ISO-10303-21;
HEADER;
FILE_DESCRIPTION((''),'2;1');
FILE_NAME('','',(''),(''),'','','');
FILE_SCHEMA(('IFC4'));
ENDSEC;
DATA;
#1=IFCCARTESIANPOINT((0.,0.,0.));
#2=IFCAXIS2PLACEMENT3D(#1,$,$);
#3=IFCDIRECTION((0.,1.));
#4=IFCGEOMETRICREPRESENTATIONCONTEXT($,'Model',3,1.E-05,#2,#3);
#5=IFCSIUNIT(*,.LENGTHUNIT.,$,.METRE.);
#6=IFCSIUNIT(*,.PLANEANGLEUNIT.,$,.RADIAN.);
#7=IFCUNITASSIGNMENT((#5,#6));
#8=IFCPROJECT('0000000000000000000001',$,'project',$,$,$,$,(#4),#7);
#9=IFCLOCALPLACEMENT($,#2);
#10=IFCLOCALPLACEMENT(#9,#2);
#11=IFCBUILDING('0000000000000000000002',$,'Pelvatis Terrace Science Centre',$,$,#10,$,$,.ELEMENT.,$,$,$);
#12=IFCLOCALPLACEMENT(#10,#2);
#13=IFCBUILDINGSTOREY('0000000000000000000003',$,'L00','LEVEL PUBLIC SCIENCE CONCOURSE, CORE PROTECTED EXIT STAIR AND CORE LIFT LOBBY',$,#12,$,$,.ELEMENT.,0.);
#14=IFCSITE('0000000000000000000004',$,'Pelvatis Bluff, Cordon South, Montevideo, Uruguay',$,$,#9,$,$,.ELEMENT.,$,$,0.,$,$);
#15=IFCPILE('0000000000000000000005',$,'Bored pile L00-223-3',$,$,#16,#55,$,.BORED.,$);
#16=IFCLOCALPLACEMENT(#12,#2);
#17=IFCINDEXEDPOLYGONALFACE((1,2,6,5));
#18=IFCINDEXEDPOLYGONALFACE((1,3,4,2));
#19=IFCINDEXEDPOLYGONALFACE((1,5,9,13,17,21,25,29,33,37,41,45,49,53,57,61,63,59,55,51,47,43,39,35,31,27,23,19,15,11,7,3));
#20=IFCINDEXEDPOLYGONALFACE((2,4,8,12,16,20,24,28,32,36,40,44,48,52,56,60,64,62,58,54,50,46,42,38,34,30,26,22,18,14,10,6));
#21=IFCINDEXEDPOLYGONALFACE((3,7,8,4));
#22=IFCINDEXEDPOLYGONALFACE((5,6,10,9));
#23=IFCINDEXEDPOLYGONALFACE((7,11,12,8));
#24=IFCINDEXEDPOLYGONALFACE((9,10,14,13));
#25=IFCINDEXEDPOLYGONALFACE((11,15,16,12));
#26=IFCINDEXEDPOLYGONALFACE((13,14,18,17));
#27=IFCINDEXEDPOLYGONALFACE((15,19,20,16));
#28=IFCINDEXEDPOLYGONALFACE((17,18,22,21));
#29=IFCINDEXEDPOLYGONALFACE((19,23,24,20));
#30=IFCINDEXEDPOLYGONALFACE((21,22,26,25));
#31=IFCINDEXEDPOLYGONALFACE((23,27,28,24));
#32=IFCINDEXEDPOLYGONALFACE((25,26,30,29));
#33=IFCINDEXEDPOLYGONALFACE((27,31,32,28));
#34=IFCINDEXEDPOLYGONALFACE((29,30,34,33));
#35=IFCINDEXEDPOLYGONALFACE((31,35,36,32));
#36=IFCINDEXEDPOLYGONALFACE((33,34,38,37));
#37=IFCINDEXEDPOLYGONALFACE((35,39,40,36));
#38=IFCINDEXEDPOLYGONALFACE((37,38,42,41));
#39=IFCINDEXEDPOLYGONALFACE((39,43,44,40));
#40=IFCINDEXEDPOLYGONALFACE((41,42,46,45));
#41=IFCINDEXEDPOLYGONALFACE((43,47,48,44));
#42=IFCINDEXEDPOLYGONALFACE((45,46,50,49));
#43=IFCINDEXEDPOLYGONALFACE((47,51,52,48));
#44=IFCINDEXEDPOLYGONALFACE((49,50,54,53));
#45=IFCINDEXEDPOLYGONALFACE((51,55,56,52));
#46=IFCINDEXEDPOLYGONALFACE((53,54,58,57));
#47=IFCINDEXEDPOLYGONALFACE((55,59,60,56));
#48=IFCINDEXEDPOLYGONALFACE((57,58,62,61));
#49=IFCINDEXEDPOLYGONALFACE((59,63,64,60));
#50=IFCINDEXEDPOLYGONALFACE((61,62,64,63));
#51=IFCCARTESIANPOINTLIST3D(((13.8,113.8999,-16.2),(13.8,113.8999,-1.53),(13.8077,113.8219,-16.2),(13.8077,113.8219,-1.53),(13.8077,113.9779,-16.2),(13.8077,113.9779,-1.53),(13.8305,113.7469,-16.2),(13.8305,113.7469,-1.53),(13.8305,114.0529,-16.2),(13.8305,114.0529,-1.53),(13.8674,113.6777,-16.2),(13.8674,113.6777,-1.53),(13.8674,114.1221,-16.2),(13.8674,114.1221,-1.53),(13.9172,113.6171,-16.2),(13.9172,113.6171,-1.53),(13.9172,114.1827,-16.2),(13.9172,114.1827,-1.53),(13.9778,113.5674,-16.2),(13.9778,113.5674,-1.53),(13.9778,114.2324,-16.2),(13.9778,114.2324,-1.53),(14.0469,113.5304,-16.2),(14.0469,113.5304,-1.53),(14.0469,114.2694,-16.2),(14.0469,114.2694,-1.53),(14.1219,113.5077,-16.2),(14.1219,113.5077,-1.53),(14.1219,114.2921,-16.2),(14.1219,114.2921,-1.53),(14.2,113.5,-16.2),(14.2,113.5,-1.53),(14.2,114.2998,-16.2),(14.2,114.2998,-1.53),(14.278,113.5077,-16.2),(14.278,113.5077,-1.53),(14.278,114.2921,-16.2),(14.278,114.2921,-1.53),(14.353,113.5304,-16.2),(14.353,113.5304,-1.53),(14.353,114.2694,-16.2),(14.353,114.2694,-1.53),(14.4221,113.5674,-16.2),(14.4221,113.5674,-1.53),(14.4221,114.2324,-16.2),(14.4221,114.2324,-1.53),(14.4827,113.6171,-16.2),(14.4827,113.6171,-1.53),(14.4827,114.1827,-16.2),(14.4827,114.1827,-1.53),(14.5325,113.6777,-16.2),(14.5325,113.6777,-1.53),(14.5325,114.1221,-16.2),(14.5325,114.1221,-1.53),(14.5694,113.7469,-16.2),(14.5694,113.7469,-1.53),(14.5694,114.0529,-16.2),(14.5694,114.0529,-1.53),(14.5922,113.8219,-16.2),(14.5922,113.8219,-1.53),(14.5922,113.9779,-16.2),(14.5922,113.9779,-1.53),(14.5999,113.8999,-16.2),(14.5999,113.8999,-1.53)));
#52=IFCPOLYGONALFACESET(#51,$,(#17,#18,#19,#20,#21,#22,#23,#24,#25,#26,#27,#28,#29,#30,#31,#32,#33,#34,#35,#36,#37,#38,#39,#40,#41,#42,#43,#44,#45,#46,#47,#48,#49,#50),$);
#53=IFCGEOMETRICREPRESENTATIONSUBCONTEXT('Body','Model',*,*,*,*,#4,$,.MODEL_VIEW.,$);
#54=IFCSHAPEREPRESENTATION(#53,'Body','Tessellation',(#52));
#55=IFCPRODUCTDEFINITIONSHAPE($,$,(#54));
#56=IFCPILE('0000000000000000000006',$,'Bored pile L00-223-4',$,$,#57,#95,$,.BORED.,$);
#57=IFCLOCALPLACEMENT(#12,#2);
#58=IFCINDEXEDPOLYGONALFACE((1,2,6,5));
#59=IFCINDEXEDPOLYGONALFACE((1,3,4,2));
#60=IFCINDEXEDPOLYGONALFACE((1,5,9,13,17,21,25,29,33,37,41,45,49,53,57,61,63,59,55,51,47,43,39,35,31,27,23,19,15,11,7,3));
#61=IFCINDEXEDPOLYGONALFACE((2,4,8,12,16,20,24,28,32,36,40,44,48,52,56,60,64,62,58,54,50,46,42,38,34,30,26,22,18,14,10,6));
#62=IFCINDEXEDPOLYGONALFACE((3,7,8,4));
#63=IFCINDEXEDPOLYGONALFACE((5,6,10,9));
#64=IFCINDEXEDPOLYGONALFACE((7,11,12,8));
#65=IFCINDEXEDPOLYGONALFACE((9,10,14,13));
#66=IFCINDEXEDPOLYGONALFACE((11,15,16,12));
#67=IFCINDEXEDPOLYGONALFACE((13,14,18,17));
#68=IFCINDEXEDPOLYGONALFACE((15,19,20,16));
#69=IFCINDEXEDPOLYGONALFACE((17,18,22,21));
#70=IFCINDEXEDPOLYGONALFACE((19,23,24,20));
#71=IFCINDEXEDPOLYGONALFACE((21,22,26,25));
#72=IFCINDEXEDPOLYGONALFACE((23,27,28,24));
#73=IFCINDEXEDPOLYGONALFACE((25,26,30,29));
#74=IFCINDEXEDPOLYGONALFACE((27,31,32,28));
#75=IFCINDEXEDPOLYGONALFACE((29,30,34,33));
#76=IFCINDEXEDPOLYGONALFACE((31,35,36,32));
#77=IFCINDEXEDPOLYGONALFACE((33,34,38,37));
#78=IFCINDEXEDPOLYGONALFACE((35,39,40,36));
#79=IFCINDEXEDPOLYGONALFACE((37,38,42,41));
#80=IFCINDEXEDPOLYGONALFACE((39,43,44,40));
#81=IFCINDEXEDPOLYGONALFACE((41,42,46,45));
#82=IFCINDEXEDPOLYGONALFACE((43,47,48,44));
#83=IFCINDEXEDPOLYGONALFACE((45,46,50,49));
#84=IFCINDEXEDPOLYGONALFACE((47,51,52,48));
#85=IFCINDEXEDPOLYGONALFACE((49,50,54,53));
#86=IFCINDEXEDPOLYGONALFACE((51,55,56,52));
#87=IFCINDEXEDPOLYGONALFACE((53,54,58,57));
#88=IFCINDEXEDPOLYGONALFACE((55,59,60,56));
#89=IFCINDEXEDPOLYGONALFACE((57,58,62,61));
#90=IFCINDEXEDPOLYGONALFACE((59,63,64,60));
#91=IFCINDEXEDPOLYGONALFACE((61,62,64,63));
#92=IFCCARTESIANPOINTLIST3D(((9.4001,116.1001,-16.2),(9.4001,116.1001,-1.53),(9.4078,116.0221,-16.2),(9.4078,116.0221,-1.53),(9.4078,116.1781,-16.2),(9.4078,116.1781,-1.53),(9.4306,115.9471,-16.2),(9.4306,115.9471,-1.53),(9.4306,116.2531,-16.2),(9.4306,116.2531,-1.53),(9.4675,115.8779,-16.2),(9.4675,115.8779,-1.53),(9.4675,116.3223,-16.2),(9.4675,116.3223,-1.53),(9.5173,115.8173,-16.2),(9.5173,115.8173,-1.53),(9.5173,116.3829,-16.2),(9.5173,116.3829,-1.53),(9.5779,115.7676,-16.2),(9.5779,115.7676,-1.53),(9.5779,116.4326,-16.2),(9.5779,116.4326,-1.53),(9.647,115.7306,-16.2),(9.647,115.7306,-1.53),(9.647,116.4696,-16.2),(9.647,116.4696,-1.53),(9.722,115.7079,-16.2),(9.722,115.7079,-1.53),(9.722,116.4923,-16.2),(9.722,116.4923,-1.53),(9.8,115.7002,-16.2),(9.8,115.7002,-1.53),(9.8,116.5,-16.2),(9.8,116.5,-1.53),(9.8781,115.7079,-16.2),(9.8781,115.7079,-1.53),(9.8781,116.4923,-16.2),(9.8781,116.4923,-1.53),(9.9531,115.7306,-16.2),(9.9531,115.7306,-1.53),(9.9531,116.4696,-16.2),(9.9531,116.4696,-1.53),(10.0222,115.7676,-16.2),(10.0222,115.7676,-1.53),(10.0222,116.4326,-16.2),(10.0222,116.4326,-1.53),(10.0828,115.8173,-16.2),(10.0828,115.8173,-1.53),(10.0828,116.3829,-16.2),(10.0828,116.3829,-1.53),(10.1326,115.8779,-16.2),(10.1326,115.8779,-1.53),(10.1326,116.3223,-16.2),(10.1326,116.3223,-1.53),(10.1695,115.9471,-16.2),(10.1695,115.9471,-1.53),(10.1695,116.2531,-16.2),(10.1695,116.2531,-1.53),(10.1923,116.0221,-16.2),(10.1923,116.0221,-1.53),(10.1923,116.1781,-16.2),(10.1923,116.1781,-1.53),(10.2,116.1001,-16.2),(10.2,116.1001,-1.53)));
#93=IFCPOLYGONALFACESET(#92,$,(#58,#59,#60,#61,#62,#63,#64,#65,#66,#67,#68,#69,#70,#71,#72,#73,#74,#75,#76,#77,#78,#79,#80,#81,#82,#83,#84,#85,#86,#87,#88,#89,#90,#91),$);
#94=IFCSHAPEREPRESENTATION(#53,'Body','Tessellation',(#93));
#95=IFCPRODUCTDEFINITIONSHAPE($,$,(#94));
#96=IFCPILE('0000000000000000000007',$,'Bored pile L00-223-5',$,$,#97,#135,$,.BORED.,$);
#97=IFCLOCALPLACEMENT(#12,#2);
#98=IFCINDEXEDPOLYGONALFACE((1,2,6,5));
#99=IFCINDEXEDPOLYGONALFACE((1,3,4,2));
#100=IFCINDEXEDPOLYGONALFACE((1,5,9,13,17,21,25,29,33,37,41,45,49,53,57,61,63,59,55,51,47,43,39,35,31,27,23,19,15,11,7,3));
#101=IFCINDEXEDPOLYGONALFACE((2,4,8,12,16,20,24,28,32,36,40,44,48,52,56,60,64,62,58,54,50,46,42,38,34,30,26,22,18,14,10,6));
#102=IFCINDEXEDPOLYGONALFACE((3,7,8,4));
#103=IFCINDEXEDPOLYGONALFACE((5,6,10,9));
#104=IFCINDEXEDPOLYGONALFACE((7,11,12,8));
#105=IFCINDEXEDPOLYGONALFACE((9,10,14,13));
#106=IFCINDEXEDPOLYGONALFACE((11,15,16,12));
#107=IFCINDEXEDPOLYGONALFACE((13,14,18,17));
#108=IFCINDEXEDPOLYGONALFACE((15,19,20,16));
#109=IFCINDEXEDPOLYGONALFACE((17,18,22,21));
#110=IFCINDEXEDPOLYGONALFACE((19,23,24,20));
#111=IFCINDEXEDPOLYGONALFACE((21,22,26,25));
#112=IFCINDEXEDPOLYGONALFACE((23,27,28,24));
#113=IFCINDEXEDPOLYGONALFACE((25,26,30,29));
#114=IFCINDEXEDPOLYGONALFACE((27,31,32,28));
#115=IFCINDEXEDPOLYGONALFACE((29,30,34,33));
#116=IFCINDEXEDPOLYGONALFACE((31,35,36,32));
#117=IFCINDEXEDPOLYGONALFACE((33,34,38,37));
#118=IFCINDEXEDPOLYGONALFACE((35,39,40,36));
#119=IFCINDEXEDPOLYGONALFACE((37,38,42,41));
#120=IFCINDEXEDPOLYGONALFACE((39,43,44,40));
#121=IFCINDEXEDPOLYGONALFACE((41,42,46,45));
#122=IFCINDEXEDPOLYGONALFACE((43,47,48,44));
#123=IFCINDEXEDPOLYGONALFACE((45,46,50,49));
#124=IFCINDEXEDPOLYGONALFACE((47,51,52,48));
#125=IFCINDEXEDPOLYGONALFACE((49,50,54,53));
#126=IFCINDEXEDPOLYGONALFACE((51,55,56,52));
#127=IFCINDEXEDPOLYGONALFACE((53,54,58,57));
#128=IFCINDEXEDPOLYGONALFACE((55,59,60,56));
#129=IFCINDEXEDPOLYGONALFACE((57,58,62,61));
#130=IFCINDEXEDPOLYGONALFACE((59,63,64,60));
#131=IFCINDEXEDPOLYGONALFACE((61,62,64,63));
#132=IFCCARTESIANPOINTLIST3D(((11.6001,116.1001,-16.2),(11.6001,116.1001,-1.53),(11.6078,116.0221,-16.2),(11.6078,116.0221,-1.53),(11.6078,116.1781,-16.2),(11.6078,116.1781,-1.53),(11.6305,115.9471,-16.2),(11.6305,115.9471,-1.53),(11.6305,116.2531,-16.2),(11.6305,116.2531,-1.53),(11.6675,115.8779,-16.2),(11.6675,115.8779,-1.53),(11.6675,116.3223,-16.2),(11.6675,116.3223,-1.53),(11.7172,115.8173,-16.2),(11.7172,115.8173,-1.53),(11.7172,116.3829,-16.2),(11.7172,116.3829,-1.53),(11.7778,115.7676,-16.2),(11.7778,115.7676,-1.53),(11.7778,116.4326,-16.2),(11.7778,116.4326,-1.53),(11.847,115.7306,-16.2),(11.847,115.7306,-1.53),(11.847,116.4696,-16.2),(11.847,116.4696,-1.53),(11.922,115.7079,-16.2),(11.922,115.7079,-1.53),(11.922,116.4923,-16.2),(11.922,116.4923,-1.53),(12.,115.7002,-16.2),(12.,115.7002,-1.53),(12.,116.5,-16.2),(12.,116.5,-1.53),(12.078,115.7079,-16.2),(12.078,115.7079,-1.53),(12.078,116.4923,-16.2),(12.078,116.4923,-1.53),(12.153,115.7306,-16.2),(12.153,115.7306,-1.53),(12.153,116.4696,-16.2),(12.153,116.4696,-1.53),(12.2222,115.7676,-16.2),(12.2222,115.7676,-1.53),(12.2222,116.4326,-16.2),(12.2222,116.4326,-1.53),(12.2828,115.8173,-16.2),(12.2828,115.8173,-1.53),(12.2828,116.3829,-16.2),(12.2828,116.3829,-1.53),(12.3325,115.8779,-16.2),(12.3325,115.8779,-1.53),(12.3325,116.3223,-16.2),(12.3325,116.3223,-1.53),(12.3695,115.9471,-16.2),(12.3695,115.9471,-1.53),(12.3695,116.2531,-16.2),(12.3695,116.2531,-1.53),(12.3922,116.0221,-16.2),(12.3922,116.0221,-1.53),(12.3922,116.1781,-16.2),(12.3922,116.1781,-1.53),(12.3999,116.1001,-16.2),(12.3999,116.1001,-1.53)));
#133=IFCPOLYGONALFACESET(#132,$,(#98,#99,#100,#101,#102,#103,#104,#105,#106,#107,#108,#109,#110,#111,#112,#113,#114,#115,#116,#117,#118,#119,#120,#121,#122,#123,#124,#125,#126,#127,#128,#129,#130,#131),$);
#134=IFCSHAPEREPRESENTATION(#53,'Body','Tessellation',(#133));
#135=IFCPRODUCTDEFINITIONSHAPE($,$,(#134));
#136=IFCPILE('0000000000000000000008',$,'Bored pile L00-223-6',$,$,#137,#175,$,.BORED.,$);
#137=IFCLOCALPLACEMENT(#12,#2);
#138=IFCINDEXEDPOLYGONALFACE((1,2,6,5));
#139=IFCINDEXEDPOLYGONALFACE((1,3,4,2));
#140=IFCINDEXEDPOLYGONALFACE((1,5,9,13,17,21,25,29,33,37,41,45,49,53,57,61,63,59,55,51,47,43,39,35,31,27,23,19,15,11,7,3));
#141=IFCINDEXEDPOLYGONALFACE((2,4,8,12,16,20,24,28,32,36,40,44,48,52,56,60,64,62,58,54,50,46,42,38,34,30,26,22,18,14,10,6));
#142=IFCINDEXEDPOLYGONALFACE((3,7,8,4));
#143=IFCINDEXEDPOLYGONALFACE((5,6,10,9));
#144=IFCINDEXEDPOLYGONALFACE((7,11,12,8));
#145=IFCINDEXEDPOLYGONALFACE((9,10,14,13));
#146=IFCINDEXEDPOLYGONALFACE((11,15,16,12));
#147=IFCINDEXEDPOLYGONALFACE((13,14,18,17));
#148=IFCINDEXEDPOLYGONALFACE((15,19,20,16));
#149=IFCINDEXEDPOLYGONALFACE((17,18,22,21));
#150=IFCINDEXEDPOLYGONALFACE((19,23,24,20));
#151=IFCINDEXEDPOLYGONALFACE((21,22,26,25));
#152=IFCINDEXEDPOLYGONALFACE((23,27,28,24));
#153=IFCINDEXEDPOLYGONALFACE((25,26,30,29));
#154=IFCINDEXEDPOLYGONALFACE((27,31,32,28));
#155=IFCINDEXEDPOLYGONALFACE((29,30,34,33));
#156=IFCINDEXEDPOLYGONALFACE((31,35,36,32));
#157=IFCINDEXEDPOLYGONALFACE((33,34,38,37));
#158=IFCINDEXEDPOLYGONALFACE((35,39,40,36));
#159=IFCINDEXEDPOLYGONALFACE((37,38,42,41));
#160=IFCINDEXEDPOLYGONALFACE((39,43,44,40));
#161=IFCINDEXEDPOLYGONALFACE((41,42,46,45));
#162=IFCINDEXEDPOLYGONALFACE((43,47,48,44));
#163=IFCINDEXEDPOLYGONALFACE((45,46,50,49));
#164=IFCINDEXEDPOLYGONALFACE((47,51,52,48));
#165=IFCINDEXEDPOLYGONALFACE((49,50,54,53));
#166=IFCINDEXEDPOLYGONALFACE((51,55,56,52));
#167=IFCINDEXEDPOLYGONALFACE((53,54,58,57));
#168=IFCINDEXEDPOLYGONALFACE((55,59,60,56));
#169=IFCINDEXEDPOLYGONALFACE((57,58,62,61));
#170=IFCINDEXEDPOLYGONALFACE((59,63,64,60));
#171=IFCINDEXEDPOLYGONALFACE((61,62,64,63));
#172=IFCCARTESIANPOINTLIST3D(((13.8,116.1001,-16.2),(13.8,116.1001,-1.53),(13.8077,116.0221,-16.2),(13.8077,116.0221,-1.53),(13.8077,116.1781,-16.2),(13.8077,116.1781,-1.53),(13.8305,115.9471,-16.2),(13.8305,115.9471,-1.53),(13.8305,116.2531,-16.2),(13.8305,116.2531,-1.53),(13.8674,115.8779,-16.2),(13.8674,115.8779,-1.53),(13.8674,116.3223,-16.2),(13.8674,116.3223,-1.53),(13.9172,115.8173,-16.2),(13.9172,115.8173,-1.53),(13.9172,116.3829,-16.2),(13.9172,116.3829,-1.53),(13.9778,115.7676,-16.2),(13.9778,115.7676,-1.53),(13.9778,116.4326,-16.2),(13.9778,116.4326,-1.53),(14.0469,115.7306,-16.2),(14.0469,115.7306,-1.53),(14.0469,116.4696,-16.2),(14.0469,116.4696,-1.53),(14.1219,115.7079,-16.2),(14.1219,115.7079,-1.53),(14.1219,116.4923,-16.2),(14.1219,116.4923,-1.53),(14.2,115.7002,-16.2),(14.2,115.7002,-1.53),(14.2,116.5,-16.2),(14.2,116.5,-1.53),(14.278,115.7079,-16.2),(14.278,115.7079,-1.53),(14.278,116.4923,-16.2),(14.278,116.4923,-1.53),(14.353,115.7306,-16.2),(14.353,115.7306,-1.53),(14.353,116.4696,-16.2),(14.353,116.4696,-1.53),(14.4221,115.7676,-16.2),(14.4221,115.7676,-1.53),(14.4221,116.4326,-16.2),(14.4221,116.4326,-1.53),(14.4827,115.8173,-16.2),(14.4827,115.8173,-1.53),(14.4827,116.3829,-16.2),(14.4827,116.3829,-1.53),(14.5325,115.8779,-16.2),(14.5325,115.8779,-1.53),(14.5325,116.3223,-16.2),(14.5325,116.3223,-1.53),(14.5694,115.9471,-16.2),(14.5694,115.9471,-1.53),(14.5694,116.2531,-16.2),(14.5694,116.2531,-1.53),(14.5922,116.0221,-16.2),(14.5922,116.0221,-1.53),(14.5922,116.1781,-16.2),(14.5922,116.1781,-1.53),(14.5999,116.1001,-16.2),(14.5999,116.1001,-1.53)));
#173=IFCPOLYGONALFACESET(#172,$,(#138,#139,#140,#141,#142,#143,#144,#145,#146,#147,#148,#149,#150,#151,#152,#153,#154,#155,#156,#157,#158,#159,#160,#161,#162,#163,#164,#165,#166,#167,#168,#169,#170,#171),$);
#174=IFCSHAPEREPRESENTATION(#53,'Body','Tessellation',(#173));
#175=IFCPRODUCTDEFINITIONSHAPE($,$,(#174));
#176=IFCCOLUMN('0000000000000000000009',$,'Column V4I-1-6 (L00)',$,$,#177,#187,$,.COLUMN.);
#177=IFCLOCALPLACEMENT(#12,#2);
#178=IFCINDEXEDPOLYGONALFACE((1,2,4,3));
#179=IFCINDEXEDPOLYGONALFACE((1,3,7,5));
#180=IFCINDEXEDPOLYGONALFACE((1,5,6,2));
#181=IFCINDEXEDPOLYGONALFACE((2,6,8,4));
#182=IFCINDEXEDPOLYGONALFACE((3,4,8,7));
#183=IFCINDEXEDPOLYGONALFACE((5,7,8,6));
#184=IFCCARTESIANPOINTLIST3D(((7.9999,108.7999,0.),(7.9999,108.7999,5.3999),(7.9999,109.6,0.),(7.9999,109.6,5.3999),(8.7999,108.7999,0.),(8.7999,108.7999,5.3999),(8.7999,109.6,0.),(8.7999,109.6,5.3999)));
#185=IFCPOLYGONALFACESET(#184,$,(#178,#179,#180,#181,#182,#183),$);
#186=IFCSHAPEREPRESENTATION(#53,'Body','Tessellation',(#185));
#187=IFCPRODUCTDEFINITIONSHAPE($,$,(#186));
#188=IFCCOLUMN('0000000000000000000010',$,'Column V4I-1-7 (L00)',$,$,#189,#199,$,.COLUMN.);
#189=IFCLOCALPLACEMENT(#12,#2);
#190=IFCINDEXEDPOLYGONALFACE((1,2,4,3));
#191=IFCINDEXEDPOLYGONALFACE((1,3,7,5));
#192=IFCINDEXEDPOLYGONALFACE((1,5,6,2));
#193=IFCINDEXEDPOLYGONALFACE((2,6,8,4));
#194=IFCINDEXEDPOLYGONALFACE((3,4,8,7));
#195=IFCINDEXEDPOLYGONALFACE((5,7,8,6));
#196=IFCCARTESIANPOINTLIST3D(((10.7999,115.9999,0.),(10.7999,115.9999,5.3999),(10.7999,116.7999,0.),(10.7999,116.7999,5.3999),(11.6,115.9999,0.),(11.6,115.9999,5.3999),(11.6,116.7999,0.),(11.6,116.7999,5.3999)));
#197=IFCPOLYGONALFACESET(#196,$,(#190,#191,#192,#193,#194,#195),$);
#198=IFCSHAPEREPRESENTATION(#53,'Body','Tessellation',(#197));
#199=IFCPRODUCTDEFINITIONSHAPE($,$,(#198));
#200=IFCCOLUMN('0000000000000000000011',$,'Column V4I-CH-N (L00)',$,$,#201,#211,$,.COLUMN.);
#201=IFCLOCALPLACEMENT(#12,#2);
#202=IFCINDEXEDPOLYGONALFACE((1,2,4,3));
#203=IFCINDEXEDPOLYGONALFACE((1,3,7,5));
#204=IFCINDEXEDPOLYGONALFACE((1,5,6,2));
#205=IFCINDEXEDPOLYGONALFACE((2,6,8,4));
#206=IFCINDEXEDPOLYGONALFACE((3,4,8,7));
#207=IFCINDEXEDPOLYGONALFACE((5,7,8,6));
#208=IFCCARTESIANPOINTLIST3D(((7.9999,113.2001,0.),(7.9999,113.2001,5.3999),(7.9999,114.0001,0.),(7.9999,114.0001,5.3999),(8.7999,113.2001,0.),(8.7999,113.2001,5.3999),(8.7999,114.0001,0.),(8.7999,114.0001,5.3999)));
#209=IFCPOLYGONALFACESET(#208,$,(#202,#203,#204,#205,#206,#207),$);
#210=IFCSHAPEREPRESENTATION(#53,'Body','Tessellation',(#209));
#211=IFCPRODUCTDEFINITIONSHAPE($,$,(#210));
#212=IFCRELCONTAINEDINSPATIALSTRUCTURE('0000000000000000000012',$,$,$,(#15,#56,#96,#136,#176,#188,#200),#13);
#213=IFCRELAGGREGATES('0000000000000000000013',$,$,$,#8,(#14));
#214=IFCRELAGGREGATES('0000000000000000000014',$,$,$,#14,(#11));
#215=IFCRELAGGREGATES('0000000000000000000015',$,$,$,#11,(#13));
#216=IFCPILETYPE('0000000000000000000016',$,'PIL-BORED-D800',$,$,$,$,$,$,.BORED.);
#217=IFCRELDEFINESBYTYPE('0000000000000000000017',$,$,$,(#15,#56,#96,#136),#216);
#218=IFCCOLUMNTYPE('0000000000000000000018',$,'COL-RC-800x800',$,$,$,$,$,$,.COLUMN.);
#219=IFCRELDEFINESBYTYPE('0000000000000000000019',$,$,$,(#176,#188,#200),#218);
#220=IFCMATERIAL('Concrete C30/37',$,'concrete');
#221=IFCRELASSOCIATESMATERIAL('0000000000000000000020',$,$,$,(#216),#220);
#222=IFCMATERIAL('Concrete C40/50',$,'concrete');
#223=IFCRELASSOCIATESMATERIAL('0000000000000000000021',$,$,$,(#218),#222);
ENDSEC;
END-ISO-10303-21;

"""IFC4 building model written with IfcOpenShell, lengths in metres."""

from ifc_helpers import new_model, si_unit, direction, frame, origin, origin_2d, place, context, subcontext, project, spatial, rectangle, circle, extrude, material, material_profile, profile_set, type_object, element, save


model = new_model("IFC4")

# Units and contexts
model_context = context("Model", 3, precision=1e-05, world=origin(), true_north=direction((0.0, 1.0)))
body_context = subcontext(model_context, "Body", "Model", "MODEL_VIEW")
ifc_project = project(units=[si_unit("LENGTHUNIT", "METRE"), si_unit("PLANEANGLEUNIT", "RADIAN")], contexts=[model_context])

# Site, building, storey
site_placement = place(None, origin())
site = spatial("IfcSite", under=ifc_project, at=site_placement, Name="Pelvatis Bluff, Cordon South, Montevideo, Uruguay", CompositionType="ELEMENT", RefElevation=0.0)
building_placement = place(site_placement, origin())
building = spatial("IfcBuilding", under=site, at=building_placement, Name="Pelvatis Terrace Science Centre", CompositionType="ELEMENT")
storey_placement = place(building_placement, origin())
storey = spatial("IfcBuildingStorey", under=building, at=storey_placement, Name="L00", Description="LEVEL PUBLIC SCIENCE CONCOURSE, CORE PROTECTED EXIT STAIR AND CORE LIFT LOBBY", CompositionType="ELEMENT", Elevation=0.0)

# Piles
ifc_material_1 = material(Name="Concrete C30/37", Category="concrete")
ifc_material_profile_1 = material_profile(ifc_material_1, circle(Radius=0.3999, at=origin_2d()), Name="PILE D800")
ifc_profile_set_1 = profile_set([ifc_material_profile_1], Name="Concrete C30/37")
pile_type = type_object("IfcPileType", Name="PIL-BORED-D800", PredefinedType="BORED", material=ifc_profile_set_1)
for number, where, z_axis, x_axis, name in (
    (1, (14.2, 113.8999, -1.53), (0.0, 0.0, -1.0), (1.0, 0.0, 0.0), "Bored pile L00-223-3"),
    (2, (9.8, 116.1001, -1.53), (0.0, 0.0, -1.0), (1.0, 0.0, 0.0), "Bored pile L00-223-4"),
    (3, (12.0, 116.1001, -1.53), (0.0, 0.0, -1.0), (1.0, 0.0, 0.0), "Bored pile L00-223-5"),
    (4, (14.2, 116.1001, -1.53), (0.0, 0.0, -1.0), (1.0, 0.0, 0.0), "Bored pile L00-223-6"),
):
    element("IfcPile", number, at=place(storey_placement, frame(where, z_axis=z_axis, x_axis=x_axis)), inside=storey, type_object=pile_type, Name=name, PredefinedType="BORED", context=body_context, shape_type="SweptSolid", body=[
        extrude(circle(Radius=0.3999, at=origin_2d()), origin(), (0.0, 0.0, 1.0), 14.6699),
    ])

# Columns
ifc_material_2 = material(Name="Concrete C40/50", Category="concrete")
ifc_material_profile_2 = material_profile(ifc_material_2, rectangle(XDim=0.8, YDim=0.8, at=origin_2d()), Name="RC-COL 800x800")
ifc_profile_set_2 = profile_set([ifc_material_profile_2], Name="Concrete C40/50")
column_type_1 = type_object("IfcColumnType", Name="COL-RC-800x800", PredefinedType="COLUMN", material=ifc_profile_set_2)
for number, where, z_axis, x_axis, name in (
    (5, (8.3999, 109.2, 0.0), (0.0, 0.0, 1.0), (1.0, 0.0, 0.0), "Column V4I-1-6 (L00)"),
    (6, (11.2, 116.3999, 0.0), (0.0, 0.0, 1.0), (1.0, 0.0, 0.0), "Column V4I-1-7 (L00)"),
    (7, (8.3999, 113.6001, 0.0), (0.0, 0.0, 1.0), (1.0, 0.0, 0.0), "Column V4I-CH-N (L00)"),
):
    element("IfcColumn", number, at=place(storey_placement, frame(where, z_axis=z_axis, x_axis=x_axis)), inside=storey, type_object=column_type_1, Name=name, PredefinedType="COLUMN", context=body_context, shape_type="SweptSolid", body=[
        extrude(rectangle(XDim=0.8, YDim=0.8, at=origin_2d()), origin(), (0.0, 0.0, 1.0), 5.3999),
    ])

save(model, "model.ifc")
